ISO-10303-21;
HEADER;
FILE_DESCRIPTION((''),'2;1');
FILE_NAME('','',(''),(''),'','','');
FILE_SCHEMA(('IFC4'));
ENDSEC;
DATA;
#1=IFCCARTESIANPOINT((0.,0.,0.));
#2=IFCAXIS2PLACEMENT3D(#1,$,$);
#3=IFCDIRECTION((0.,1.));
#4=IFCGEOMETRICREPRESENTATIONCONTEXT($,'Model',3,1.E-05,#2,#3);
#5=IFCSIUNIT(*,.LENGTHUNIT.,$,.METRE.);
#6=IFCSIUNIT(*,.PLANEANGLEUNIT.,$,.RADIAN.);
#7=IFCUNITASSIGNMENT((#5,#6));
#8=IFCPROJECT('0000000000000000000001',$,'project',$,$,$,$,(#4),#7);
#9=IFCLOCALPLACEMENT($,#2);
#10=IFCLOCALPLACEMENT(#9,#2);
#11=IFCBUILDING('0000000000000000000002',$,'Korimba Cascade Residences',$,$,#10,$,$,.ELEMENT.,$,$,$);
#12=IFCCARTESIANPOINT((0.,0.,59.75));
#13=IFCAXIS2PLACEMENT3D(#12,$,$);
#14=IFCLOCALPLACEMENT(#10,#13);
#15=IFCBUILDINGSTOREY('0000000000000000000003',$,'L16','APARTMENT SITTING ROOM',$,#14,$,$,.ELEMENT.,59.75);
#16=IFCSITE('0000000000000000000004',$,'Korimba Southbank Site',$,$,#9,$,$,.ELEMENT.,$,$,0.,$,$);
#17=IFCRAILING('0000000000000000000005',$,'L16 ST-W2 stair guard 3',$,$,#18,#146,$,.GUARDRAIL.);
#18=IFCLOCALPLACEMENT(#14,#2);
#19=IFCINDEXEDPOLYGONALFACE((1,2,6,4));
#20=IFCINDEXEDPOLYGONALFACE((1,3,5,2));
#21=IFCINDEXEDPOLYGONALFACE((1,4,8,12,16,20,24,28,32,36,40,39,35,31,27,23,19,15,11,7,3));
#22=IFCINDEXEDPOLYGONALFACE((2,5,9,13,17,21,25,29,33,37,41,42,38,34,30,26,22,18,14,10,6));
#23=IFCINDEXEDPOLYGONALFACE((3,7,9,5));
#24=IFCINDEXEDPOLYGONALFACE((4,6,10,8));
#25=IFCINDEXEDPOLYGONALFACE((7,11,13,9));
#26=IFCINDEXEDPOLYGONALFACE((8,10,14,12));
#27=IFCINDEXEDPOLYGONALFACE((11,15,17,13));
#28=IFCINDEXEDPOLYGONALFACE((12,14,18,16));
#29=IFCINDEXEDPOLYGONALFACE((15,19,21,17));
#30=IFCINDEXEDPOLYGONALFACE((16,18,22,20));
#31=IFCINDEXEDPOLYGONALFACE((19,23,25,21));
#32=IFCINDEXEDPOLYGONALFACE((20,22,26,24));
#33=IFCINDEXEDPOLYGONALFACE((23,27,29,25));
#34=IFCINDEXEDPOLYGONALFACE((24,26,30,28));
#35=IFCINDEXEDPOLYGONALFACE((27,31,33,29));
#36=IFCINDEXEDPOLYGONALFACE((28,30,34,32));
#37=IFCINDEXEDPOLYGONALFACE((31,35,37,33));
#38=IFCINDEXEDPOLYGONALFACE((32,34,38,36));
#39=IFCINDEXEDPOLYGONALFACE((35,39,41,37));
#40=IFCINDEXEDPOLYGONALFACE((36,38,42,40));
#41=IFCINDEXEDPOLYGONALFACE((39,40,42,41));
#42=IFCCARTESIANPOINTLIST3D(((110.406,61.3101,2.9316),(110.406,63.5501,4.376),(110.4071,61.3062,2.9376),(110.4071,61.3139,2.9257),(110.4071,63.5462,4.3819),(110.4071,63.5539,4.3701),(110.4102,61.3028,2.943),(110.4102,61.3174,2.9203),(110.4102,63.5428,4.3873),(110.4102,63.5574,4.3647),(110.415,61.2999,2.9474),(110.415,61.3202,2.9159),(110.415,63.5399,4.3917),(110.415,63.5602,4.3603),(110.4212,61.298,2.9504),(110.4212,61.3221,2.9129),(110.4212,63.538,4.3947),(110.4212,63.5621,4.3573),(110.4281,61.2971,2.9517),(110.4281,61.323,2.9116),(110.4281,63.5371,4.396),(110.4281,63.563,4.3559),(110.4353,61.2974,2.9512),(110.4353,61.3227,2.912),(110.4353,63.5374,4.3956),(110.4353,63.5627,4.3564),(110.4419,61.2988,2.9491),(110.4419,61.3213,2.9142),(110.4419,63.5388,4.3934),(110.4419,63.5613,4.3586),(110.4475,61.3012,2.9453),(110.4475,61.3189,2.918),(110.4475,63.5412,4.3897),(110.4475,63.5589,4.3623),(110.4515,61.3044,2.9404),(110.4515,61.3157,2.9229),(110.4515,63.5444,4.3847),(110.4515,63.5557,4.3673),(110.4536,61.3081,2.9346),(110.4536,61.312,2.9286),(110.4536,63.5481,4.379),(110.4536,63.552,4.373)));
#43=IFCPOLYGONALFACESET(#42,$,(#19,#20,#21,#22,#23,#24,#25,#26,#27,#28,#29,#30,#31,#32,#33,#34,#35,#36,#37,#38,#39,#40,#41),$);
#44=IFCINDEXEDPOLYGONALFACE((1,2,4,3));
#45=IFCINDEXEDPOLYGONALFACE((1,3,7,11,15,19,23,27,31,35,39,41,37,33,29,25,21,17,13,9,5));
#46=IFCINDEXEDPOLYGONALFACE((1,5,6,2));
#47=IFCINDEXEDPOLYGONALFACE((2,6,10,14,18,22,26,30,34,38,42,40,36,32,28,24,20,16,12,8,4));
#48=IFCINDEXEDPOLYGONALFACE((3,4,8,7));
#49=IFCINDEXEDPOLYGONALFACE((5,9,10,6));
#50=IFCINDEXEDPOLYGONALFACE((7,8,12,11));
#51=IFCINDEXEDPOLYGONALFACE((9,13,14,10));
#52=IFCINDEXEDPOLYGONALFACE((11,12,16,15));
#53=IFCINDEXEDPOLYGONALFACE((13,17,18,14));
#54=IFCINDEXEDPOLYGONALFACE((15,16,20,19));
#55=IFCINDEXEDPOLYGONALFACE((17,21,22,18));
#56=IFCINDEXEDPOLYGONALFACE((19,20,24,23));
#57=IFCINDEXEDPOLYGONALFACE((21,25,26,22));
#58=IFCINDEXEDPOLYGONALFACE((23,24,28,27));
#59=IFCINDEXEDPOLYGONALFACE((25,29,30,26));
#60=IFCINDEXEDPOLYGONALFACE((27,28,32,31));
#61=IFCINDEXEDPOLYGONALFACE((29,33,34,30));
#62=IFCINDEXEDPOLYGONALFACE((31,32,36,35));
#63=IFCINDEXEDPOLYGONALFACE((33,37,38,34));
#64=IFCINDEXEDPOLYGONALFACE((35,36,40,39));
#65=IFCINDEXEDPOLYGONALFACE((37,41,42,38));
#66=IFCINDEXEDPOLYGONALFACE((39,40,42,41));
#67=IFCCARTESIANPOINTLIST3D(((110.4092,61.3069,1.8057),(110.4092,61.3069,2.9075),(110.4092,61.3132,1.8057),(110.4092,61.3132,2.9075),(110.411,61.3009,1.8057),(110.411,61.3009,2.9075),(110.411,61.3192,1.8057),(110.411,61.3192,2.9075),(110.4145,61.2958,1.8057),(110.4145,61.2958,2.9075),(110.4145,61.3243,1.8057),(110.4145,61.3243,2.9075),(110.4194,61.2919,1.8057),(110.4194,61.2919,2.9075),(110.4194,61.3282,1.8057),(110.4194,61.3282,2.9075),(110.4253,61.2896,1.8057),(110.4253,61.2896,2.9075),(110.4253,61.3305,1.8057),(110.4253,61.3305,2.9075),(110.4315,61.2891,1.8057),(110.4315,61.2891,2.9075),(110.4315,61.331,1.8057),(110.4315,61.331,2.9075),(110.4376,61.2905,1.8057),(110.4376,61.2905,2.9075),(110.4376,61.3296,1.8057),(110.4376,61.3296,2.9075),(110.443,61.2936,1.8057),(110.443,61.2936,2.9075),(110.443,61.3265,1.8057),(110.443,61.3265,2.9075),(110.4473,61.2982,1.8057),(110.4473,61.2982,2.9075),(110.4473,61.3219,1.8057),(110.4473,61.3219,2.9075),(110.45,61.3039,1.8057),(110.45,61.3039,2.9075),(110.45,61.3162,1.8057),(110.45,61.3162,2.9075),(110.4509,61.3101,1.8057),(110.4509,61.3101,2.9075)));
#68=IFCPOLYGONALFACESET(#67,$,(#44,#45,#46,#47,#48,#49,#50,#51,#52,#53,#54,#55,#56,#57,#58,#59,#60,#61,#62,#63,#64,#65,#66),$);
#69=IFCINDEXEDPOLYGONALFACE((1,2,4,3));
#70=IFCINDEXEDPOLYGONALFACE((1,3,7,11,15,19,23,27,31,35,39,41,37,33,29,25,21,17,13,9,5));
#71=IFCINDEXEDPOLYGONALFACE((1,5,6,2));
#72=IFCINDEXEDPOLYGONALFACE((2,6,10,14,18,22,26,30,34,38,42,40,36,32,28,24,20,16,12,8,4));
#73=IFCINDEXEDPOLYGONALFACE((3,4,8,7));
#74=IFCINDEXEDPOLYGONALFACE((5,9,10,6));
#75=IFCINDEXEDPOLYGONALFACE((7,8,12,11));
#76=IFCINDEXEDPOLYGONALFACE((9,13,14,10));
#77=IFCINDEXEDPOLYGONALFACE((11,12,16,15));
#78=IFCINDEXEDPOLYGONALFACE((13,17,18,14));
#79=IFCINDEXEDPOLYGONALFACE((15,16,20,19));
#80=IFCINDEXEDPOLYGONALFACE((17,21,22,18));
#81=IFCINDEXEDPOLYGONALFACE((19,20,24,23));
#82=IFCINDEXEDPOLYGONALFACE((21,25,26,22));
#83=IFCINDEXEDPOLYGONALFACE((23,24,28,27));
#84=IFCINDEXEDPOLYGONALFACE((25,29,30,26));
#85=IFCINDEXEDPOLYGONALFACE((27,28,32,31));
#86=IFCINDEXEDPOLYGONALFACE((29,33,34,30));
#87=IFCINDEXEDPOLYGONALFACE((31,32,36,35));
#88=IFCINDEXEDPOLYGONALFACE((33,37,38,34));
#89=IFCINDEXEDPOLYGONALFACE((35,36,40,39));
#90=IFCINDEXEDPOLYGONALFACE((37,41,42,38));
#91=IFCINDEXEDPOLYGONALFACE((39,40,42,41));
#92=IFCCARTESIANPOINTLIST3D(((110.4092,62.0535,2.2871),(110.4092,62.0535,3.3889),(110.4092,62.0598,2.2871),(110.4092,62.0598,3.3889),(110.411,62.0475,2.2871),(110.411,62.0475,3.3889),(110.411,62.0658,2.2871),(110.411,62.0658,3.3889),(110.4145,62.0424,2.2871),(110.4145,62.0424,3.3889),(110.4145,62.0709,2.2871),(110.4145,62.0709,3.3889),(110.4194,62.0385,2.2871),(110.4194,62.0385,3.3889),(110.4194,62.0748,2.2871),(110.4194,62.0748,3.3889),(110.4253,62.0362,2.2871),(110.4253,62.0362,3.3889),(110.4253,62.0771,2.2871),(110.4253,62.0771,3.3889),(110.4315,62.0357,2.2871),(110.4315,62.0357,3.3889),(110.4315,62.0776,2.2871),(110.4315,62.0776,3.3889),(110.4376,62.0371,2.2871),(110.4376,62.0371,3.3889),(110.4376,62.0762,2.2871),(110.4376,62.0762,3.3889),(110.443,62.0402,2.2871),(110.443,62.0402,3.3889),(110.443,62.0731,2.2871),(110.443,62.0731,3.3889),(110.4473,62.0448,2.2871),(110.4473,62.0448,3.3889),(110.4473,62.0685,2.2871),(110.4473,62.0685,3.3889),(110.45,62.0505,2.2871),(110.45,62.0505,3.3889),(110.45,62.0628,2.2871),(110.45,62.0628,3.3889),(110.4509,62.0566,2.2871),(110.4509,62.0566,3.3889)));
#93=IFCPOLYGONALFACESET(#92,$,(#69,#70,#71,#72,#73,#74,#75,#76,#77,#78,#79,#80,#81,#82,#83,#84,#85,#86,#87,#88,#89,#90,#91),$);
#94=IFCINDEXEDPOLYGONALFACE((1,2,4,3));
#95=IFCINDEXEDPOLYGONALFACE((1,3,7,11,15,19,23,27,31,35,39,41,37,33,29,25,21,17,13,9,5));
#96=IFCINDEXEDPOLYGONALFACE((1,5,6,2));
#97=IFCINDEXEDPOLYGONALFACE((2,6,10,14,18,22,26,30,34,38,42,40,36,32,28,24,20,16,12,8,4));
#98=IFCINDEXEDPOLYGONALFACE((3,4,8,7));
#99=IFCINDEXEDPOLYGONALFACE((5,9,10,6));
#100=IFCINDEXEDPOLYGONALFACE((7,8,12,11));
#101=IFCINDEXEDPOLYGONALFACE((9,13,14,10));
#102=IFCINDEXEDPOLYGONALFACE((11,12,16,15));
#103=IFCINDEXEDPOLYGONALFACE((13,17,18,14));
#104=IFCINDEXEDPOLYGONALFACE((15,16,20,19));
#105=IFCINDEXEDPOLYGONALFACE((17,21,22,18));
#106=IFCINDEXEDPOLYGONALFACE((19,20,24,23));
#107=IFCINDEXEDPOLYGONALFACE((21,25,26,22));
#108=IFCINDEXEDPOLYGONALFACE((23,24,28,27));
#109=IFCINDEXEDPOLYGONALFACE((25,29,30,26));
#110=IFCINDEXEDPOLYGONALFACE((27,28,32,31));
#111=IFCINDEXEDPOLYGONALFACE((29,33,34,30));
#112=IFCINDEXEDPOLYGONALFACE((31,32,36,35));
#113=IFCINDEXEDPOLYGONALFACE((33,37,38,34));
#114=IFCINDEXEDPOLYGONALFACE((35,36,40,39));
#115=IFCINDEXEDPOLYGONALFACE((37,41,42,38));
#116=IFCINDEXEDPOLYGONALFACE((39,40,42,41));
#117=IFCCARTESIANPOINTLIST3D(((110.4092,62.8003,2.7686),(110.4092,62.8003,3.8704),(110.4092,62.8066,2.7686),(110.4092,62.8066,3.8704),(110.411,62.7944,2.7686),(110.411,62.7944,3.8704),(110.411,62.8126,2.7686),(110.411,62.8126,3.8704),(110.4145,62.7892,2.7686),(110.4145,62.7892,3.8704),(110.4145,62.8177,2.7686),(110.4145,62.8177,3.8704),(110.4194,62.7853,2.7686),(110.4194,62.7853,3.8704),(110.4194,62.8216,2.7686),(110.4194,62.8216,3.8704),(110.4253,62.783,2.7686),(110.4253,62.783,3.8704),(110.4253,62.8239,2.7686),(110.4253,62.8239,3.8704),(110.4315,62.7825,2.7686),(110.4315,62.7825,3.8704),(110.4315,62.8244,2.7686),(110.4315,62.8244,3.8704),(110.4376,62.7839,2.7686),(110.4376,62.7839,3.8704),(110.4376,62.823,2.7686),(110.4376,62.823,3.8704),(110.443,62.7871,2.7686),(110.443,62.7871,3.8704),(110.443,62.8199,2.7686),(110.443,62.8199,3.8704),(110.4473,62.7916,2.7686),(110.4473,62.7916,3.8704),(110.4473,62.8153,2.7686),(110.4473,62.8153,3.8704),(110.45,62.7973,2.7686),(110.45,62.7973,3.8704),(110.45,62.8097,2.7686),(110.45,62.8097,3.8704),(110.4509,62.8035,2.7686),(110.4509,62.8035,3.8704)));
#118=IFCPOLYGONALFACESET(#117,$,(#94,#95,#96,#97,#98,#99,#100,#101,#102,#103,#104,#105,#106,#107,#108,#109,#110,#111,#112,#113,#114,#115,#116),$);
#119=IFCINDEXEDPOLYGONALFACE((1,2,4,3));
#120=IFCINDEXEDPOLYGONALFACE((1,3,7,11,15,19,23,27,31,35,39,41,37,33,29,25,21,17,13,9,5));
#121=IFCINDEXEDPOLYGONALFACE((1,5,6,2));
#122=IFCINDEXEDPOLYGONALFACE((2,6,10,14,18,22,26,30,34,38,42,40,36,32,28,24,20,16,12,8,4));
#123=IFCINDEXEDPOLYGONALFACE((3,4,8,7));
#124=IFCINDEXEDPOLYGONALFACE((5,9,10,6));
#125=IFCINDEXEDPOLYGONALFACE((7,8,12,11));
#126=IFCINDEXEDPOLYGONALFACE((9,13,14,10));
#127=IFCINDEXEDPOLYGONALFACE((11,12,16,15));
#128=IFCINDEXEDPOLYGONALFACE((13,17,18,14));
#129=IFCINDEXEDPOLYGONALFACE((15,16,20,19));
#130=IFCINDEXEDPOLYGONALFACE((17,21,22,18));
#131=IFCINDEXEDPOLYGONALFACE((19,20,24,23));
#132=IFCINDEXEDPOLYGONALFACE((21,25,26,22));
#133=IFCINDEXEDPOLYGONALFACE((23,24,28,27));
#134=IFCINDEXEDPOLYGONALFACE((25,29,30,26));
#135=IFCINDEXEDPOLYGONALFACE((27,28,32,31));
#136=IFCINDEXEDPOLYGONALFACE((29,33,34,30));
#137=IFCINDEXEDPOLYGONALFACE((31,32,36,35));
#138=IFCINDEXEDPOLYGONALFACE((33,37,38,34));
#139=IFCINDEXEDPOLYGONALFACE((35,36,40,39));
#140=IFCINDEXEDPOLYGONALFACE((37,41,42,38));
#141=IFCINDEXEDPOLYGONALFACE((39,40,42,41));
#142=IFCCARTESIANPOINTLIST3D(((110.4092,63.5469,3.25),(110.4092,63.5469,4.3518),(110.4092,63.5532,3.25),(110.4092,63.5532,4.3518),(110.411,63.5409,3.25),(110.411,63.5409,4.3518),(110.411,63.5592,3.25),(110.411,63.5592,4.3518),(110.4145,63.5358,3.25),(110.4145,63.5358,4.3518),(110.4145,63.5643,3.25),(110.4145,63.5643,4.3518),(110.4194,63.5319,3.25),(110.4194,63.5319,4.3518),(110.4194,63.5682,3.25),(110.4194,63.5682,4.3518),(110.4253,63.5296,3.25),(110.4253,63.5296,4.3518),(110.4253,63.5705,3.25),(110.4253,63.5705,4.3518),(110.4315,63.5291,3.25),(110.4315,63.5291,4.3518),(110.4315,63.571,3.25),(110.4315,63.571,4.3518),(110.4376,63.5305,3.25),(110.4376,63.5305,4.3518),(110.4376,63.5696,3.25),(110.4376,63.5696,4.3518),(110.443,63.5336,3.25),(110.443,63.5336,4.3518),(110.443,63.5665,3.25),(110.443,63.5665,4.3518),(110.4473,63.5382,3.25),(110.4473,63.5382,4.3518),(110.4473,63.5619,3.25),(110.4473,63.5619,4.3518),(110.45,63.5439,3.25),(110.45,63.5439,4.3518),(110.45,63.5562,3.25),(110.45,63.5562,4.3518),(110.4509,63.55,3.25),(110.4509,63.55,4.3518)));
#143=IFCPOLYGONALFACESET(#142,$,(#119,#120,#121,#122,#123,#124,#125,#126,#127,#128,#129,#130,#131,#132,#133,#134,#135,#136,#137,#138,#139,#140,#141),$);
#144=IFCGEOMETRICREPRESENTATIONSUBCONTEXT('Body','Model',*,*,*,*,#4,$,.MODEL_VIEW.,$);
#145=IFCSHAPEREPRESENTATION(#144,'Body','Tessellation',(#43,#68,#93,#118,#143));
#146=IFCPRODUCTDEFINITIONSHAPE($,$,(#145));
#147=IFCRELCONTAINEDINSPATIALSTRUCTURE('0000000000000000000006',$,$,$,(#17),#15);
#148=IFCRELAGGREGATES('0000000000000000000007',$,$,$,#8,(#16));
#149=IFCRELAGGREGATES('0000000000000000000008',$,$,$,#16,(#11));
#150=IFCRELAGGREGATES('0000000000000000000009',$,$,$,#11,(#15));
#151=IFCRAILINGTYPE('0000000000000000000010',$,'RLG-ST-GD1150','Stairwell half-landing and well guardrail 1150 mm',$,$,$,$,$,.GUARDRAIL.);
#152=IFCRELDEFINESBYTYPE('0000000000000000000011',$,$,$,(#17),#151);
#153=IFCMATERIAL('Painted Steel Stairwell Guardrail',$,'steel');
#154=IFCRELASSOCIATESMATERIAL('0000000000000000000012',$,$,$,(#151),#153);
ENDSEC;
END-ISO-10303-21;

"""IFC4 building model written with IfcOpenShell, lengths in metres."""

from ifc_helpers import new_model, si_unit, direction, frame, origin, origin_2d, place, context, subcontext, project, spatial, circle, extrude, material, type_object, element, save


model = new_model("IFC4")

# Units and contexts
model_context = context("Model", 3, precision=1e-05, world=origin(), true_north=direction((0.0, 1.0)))
body_context = subcontext(model_context, "Body", "Model", "MODEL_VIEW")
ifc_project = project(units=[si_unit("LENGTHUNIT", "METRE"), si_unit("PLANEANGLEUNIT", "RADIAN")], contexts=[model_context])

# Site, building, storey
site_placement = place(None, origin())
site = spatial("IfcSite", under=ifc_project, at=site_placement, Name="Korimba Southbank Site", CompositionType="ELEMENT", RefElevation=0.0)
building_placement = place(site_placement, origin())
building = spatial("IfcBuilding", under=site, at=building_placement, Name="Korimba Cascade Residences", CompositionType="ELEMENT")
storey_placement = place(building_placement, frame((0.0, 0.0, 59.75)))
storey = spatial("IfcBuildingStorey", under=building, at=storey_placement, Name="L16", Description="APARTMENT SITTING ROOM", CompositionType="ELEMENT", Elevation=59.75)

# Railing
ifc_material_1 = material(Name="Painted Steel Stairwell Guardrail", Category="steel")
railing_type_1 = type_object("IfcRailingType", Name="RLG-ST-GD1150", Description="Stairwell half-landing and well guardrail 1150 mm", PredefinedType="GUARDRAIL", material=ifc_material_1)
railing_1_placement = place(storey_placement, frame((110.4299, 61.3101, 1.8057)))
element("IfcRailing", 1, at=railing_1_placement, inside=storey, type_object=railing_type_1, Name="L16 ST-W2 stair guard 3", PredefinedType="GUARDRAIL", context=body_context, shape_type="SweptSolid", body=[
    extrude(circle(Radius=0.0239, at=origin_2d()), frame((0.0, 0.0, 1.126), z_axis=(0.0, 0.840437, 0.54191), x_axis=(-1.0, 0.0, 0.0)), (0.0, 0.0, 1.0), 2.6653),
    extrude(circle(Radius=0.021, at=origin_2d()), origin(), (0.0, 0.0, 1.0), 1.1018),
    extrude(circle(Radius=0.021, at=origin_2d()), frame((0.0, 0.7466, 0.4814)), (0.0, 0.0, 1.0), 1.1018),
    extrude(circle(Radius=0.021, at=origin_2d()), frame((0.0, 1.4934, 0.9629)), (0.0, 0.0, 1.0), 1.1018),
    extrude(circle(Radius=0.021, at=origin_2d()), frame((0.0, 2.24, 1.4443)), (0.0, 0.0, 1.0), 1.1018),
])

save(model, "model.ifc")
